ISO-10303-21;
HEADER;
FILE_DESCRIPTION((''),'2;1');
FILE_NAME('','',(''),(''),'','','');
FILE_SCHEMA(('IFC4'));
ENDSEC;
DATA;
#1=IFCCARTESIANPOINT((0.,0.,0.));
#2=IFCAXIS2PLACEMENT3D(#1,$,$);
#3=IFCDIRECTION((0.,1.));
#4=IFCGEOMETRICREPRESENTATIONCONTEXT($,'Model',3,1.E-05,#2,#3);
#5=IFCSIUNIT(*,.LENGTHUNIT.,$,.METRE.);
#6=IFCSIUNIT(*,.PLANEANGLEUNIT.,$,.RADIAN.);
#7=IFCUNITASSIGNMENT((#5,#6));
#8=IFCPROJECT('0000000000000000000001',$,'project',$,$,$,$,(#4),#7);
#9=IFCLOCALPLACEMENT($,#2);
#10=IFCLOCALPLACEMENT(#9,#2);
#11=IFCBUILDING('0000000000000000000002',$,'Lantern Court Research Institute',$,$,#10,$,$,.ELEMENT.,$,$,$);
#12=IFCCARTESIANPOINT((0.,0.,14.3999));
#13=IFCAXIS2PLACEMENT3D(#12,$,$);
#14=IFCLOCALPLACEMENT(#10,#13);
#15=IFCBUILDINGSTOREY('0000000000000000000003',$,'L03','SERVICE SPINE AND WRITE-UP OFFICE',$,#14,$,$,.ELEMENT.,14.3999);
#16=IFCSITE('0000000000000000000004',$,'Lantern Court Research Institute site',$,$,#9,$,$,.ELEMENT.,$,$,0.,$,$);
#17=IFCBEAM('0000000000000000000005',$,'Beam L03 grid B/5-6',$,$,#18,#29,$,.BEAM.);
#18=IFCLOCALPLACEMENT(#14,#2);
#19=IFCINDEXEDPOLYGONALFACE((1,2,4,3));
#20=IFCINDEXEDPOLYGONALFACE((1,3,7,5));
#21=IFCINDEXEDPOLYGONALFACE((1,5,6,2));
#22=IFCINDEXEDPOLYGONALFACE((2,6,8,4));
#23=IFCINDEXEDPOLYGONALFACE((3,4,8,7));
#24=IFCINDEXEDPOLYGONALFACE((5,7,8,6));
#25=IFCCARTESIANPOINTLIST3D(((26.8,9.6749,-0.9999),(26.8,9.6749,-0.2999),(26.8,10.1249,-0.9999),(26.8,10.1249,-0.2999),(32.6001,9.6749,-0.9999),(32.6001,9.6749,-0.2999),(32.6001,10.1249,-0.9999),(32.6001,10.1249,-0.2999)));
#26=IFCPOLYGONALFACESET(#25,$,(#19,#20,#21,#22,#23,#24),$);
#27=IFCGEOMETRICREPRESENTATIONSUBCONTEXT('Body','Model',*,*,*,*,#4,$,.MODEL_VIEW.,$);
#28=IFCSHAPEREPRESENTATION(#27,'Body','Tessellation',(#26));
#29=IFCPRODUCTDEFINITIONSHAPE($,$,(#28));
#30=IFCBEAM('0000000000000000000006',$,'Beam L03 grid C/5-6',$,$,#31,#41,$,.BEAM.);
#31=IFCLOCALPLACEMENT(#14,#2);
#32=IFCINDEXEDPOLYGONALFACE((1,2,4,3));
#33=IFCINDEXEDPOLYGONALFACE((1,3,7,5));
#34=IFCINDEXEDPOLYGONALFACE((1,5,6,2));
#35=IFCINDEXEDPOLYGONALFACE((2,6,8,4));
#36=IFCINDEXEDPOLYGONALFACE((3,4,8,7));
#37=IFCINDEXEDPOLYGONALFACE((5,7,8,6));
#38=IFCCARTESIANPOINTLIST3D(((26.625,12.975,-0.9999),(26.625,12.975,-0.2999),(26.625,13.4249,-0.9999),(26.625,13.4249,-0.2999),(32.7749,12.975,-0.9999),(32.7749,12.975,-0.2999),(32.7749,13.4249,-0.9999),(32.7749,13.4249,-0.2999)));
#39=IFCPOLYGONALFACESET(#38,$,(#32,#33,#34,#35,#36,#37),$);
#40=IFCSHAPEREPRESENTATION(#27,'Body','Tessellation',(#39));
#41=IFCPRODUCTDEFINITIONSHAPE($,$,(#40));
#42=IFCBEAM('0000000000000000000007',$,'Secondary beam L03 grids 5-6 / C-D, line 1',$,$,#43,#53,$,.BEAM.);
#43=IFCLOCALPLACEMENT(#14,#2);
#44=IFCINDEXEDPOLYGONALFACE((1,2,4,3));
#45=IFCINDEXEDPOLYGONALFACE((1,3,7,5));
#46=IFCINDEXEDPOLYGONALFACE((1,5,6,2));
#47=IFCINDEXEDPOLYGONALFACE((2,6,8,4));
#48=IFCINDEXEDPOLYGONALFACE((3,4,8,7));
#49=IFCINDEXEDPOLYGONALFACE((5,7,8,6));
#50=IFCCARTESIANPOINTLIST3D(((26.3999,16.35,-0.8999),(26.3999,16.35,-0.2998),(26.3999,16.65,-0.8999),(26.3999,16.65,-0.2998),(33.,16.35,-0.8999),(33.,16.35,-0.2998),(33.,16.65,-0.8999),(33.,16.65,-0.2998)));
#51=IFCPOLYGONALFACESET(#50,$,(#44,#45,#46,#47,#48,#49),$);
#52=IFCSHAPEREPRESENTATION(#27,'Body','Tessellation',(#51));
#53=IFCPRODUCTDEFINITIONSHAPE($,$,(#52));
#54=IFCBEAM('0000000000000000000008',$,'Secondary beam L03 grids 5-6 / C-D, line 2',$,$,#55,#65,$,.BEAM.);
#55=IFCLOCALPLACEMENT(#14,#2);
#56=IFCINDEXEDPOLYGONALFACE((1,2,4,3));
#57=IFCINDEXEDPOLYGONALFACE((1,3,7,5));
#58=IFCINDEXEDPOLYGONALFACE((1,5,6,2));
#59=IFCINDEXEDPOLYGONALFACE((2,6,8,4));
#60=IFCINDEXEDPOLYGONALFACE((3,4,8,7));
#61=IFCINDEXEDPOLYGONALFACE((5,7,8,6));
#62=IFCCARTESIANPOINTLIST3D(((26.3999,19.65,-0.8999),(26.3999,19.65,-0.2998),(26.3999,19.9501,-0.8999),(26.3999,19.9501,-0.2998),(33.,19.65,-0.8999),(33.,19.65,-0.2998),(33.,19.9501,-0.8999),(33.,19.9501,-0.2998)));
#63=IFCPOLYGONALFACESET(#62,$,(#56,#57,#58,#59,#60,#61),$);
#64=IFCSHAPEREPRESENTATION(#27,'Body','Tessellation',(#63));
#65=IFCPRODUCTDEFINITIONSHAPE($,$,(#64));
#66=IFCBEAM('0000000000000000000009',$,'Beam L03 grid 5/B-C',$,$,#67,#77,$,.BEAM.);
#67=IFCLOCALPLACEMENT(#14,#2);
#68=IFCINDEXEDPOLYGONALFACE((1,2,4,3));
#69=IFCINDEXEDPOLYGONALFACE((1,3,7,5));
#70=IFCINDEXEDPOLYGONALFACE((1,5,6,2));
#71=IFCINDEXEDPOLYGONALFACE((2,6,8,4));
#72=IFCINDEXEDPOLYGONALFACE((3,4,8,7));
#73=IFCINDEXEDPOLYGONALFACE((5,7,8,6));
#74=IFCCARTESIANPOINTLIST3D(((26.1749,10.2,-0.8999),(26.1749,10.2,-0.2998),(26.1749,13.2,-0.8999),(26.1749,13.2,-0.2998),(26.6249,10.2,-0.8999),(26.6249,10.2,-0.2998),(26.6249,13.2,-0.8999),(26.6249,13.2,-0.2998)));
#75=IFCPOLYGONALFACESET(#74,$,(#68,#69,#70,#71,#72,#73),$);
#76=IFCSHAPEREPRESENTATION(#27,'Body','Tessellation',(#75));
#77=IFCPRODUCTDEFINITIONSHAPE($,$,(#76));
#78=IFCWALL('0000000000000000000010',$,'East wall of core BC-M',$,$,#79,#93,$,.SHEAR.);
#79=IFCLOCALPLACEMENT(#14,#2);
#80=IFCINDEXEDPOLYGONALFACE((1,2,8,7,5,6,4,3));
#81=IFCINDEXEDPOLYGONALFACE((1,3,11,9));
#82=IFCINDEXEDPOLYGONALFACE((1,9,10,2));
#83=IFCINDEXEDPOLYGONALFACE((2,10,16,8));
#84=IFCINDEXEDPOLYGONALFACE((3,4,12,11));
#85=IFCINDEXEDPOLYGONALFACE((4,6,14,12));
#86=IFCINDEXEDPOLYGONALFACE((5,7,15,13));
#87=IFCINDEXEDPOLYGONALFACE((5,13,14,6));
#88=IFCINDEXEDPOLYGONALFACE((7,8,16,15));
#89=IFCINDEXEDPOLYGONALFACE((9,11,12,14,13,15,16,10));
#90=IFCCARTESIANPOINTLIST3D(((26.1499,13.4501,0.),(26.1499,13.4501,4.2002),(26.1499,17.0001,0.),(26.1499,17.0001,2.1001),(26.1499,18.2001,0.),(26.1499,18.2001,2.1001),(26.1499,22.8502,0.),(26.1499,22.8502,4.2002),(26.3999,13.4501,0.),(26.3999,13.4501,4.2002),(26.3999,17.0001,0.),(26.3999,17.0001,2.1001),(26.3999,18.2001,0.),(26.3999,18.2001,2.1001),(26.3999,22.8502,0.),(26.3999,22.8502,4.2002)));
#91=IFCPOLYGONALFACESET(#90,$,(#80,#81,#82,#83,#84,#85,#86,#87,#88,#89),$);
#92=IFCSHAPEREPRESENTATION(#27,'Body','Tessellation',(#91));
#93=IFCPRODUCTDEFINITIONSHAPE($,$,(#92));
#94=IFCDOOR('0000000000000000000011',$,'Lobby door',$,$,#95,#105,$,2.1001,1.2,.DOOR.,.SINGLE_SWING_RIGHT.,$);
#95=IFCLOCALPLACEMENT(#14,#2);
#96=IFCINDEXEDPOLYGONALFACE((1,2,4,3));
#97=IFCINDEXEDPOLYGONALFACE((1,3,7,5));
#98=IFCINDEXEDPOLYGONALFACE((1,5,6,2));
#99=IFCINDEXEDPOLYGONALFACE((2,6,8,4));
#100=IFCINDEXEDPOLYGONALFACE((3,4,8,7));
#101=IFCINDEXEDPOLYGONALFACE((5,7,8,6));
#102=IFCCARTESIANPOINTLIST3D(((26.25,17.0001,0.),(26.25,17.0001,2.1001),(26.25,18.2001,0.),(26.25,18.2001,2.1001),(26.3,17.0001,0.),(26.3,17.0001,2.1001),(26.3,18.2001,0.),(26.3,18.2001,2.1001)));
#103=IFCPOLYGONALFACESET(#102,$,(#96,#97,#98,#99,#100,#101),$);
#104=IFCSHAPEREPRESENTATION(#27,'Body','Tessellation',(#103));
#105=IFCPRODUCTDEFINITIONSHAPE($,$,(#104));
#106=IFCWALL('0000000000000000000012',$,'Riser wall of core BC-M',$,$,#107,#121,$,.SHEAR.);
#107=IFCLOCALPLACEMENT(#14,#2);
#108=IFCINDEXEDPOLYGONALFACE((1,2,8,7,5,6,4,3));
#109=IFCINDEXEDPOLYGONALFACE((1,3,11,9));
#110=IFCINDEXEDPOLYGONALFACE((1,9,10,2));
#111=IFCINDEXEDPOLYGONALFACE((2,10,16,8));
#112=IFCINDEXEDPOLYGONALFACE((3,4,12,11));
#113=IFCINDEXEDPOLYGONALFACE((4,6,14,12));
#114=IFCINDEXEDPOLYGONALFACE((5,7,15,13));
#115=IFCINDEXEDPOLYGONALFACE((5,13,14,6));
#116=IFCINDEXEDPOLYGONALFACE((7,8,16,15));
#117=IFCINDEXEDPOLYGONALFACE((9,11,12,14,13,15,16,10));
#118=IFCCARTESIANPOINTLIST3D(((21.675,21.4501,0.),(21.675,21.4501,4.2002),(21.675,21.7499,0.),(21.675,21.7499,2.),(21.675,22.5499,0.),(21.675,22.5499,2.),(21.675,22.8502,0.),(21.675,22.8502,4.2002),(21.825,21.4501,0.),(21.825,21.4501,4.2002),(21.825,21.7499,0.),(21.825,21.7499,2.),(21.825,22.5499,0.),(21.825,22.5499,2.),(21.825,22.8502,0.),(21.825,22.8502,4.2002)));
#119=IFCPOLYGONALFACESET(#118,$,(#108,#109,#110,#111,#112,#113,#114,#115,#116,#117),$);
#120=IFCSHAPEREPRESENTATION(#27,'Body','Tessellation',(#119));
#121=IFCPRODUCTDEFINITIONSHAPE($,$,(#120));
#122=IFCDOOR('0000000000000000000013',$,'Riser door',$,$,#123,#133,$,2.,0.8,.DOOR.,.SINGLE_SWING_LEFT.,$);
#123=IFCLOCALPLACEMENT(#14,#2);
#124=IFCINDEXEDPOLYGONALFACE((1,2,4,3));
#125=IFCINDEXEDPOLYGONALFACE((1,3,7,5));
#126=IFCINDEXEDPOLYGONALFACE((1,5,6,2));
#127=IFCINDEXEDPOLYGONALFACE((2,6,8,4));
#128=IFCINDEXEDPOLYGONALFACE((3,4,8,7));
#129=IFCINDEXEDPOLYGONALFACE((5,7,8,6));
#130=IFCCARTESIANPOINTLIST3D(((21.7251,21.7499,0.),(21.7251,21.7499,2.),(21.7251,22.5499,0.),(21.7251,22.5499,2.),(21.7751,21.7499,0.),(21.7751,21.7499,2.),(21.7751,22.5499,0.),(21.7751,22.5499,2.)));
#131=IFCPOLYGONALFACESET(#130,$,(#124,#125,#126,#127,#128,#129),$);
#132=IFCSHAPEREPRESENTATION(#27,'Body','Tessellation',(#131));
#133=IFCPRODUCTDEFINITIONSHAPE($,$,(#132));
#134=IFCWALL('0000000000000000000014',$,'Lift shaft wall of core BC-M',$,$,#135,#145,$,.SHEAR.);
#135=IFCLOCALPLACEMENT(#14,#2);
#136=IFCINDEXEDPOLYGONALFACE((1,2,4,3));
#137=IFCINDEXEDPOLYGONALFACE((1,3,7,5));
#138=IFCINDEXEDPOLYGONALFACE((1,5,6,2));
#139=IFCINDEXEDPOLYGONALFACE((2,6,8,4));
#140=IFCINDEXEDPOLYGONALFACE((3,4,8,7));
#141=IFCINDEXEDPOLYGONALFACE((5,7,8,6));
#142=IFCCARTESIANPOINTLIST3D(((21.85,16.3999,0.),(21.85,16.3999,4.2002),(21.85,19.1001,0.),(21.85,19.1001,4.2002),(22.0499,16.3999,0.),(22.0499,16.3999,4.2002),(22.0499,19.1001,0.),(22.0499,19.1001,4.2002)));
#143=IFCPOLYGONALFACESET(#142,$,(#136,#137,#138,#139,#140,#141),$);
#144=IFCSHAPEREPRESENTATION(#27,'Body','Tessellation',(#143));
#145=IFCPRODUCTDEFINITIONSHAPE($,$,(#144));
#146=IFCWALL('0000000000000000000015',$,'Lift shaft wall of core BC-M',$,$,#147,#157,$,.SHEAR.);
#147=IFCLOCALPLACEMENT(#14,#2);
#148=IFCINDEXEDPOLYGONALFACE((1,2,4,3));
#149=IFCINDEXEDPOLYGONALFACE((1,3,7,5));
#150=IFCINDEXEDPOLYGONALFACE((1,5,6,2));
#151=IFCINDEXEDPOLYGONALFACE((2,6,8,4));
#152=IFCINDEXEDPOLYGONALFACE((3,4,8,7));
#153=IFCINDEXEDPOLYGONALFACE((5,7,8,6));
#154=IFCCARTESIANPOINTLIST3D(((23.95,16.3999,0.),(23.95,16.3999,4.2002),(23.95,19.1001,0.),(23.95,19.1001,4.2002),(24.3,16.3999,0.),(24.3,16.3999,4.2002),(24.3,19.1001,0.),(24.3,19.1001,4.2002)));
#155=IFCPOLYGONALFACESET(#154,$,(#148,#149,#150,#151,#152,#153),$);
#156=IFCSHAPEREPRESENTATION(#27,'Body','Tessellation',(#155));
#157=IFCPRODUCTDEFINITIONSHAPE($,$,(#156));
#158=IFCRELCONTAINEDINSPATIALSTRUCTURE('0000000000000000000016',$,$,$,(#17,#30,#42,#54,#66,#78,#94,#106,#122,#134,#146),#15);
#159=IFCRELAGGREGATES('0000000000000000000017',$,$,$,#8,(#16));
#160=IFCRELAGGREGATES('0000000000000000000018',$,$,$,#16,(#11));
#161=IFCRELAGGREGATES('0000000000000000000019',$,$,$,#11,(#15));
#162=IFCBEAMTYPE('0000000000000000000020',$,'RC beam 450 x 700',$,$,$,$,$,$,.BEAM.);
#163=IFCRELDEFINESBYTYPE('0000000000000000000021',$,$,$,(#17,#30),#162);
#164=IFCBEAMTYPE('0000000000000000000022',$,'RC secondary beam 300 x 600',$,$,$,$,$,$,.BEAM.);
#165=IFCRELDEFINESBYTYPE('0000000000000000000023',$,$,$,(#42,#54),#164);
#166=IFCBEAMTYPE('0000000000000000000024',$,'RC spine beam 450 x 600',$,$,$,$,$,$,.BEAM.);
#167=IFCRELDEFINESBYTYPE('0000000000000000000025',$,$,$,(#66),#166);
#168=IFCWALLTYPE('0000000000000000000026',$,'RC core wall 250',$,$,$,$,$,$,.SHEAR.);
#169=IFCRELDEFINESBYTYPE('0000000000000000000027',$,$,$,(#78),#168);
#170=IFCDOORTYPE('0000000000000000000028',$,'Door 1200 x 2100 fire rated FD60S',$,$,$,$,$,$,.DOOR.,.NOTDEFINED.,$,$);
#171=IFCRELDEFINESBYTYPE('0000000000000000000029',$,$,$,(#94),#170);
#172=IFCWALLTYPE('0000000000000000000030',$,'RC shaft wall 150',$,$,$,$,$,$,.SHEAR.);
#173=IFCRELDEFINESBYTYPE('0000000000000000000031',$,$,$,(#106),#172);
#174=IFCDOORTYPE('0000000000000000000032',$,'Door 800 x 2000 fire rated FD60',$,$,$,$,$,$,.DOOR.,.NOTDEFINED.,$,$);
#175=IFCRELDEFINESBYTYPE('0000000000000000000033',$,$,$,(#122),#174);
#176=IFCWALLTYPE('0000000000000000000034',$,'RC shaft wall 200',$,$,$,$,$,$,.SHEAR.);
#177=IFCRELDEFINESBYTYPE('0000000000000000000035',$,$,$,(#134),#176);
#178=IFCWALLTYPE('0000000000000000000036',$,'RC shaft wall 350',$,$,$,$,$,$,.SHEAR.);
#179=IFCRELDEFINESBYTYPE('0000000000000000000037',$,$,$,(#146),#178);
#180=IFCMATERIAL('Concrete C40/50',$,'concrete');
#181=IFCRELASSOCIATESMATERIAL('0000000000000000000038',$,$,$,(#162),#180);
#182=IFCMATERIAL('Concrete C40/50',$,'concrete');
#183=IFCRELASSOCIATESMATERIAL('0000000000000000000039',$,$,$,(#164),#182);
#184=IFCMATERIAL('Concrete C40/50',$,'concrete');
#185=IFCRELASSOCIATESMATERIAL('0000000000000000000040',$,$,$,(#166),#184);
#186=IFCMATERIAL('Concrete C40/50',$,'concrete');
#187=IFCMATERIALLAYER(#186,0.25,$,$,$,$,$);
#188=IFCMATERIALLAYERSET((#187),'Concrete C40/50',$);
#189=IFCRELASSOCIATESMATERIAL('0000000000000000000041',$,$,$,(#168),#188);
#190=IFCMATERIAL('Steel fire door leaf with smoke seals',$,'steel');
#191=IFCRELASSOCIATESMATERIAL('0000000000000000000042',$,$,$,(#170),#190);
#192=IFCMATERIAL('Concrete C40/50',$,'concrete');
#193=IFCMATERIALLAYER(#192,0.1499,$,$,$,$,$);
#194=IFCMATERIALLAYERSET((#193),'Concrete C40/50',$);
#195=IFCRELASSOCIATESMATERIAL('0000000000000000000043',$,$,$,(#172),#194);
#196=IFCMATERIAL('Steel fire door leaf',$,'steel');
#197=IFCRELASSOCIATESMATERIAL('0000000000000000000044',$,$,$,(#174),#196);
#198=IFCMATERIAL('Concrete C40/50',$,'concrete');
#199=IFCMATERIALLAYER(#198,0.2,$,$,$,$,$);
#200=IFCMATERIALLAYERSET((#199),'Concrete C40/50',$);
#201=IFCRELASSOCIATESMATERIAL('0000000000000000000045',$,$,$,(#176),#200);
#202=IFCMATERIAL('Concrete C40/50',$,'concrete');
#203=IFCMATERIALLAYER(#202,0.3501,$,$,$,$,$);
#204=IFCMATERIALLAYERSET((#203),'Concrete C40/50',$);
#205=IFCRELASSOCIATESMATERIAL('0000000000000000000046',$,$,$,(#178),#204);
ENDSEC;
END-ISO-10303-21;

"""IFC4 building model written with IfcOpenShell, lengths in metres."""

from ifc_helpers import new_model, si_unit, direction, frame, frame_2d, origin, origin_2d, place, context, subcontext, project, spatial, rectangle, extrude, material, layer, layer_set, material_profile, profile_set, type_object, element, fill, save


model = new_model("IFC4")

# Units and contexts
model_context = context("Model", 3, precision=1e-05, world=origin(), true_north=direction((0.0, 1.0)))
body_context = subcontext(model_context, "Body", "Model", "MODEL_VIEW")
ifc_project = project(units=[si_unit("LENGTHUNIT", "METRE"), si_unit("PLANEANGLEUNIT", "RADIAN")], contexts=[model_context])

# Site, building, storey
site_placement = place(None, origin())
site = spatial("IfcSite", under=ifc_project, at=site_placement, Name="Lantern Court Research Institute site", CompositionType="ELEMENT", RefElevation=0.0)
building_placement = place(site_placement, origin())
building = spatial("IfcBuilding", under=site, at=building_placement, Name="Lantern Court Research Institute", CompositionType="ELEMENT")
storey_placement = place(building_placement, frame((0.0, 0.0, 14.3999)))
storey = spatial("IfcBuildingStorey", under=building, at=storey_placement, Name="L03", Description="SERVICE SPINE AND WRITE-UP OFFICE", CompositionType="ELEMENT", Elevation=14.3999)

# Beams
ifc_material_1 = material(Name="Concrete C40/50", Category="concrete")
ifc_material_profile_1 = material_profile(ifc_material_1, rectangle(XDim=0.45, YDim=0.7, at=origin_2d()), Name="RC beam 450 x 700")
ifc_profile_set_1 = profile_set([ifc_material_profile_1], Name="Concrete C40/50")
beam_type_1 = type_object("IfcBeamType", Name="RC beam 450 x 700", PredefinedType="BEAM", material=ifc_profile_set_1)
beam_1_placement = place(storey_placement, frame((26.8, 9.8999, -0.6499), z_axis=(1.0, 0.0, 0.0), x_axis=(0.0, 1.0, 0.0)))
element("IfcBeam", 1, at=beam_1_placement, inside=storey, type_object=beam_type_1, Name="Beam L03 grid B/5-6", PredefinedType="BEAM", context=body_context, shape_type="SweptSolid", body=[
    extrude(rectangle(XDim=0.45, YDim=0.7, at=origin_2d()), origin(), (0.0, 0.0, 1.0), 5.8),
])
beam_2_placement = place(storey_placement, frame((26.625, 13.2, -0.6499), z_axis=(1.0, 0.0, 0.0), x_axis=(0.0, 1.0, 0.0)))
element("IfcBeam", 2, at=beam_2_placement, inside=storey, type_object=beam_type_1, Name="Beam L03 grid C/5-6", PredefinedType="BEAM", context=body_context, shape_type="SweptSolid", body=[
    extrude(rectangle(XDim=0.45, YDim=0.7, at=origin_2d()), origin(), (0.0, 0.0, 1.0), 6.1499),
])
ifc_material_2 = material(Name="Concrete C40/50", Category="concrete")
ifc_material_profile_2 = material_profile(ifc_material_2, rectangle(XDim=0.3, YDim=0.6001, at=origin_2d()), Name="RC beam 300 x 600")
ifc_profile_set_2 = profile_set([ifc_material_profile_2], Name="Concrete C40/50")
beam_type_2 = type_object("IfcBeamType", Name="RC secondary beam 300 x 600", PredefinedType="BEAM", material=ifc_profile_set_2)
for number, where, z_axis, x_axis, name in (
    (3, (26.3999, 16.5, -0.5999), (1.0, 0.0, 0.0), (0.0, 1.0, 0.0), "Secondary beam L03 grids 5-6 / C-D, line 1"),
    (4, (26.3999, 19.8, -0.5999), (1.0, 0.0, 0.0), (0.0, 1.0, 0.0), "Secondary beam L03 grids 5-6 / C-D, line 2"),
):
    element("IfcBeam", number, at=place(storey_placement, frame(where, z_axis=z_axis, x_axis=x_axis)), inside=storey, type_object=beam_type_2, Name=name, PredefinedType="BEAM", context=body_context, shape_type="SweptSolid", body=[
        extrude(rectangle(XDim=0.3, YDim=0.6001, at=origin_2d()), origin(), (0.0, 0.0, 1.0), 6.6001),
    ])
ifc_material_3 = material(Name="Concrete C40/50", Category="concrete")
ifc_material_profile_3 = material_profile(ifc_material_3, rectangle(XDim=0.45, YDim=0.6001, at=origin_2d()), Name="RC beam 450 x 600")
ifc_profile_set_3 = profile_set([ifc_material_profile_3], Name="Concrete C40/50")
beam_type_3 = type_object("IfcBeamType", Name="RC spine beam 450 x 600", PredefinedType="BEAM", material=ifc_profile_set_3)
beam_3_placement = place(storey_placement, frame((26.3999, 10.2, -0.5999), z_axis=(0.0, 1.0, 0.0), x_axis=(-1.0, 0.0, 0.0)))
element("IfcBeam", 5, at=beam_3_placement, inside=storey, type_object=beam_type_3, Name="Beam L03 grid 5/B-C", PredefinedType="BEAM", context=body_context, shape_type="SweptSolid", body=[
    extrude(rectangle(XDim=0.45, YDim=0.6001, at=origin_2d()), origin(), (0.0, 0.0, 1.0), 3.0),
])

# Walls, openings, doors
ifc_material_4 = material(Name="Concrete C40/50", Category="concrete")
ifc_layer_1 = layer(ifc_material_4, 0.25)
ifc_layer_set_1 = layer_set([ifc_layer_1], Name="Concrete C40/50")
wall_type_1 = type_object("IfcWallType", Name="RC core wall 250", PredefinedType="SHEAR", material=ifc_layer_set_1)
wall_1_placement = place(storey_placement, frame((26.2749, 13.45, 0.0), z_axis=(0.0, 0.0, 1.0), x_axis=(0.0, 1.0, 0.0)))
wall_1 = element("IfcWall", 6, at=wall_1_placement, inside=storey, type_object=wall_type_1, Name="East wall of core BC-M", PredefinedType="SHEAR", context=body_context, shape_type="SweptSolid", body=[
    extrude(rectangle(XDim=9.4001, YDim=0.25, at=frame_2d((4.7002, 0.0))), origin(), (0.0, 0.0, 1.0), 4.2002),
])
opening_1_placement = place(wall_1_placement, frame((3.55, 0.0, 0.0)))
opening_1 = element("IfcOpeningElement", 7, at=opening_1_placement, cuts=wall_1, PredefinedType="OPENING", context=body_context, shape_type="SweptSolid", body=[
    extrude(rectangle(XDim=1.2, YDim=2.1001, at=frame_2d((0.6001, 1.05))), frame((0.0, 0.135, 0.0), z_axis=(0.0, -1.0, 0.0), x_axis=(1.0, 0.0, 0.0)), (0.0, 0.0, 1.0), 0.27),
])
ifc_material_5 = material(Name="Steel fire door leaf with smoke seals", Category="steel")
door_type_1 = type_object("IfcDoorType", Name="Door 1200 x 2100 fire rated FD60S", OperationType="NOTDEFINED", PredefinedType="DOOR", material=ifc_material_5)
door_1_placement = place(opening_1_placement, origin())
door_1 = element("IfcDoor", 8, at=door_1_placement, inside=storey, type_object=door_type_1, Name="Lobby door", OperationType="SINGLE_SWING_RIGHT", OverallHeight=2.1001, OverallWidth=1.2, PredefinedType="DOOR", context=body_context, shape_type="SweptSolid", body=[
    extrude(rectangle(XDim=1.2, YDim=2.1001, at=frame_2d((0.6001, 1.05))), frame((0.0, 0.0249, 0.0), z_axis=(0.0, -1.0, 0.0), x_axis=(1.0, 0.0, 0.0)), (0.0, 0.0, 1.0), 0.05),
])
fill(opening_1, door_1)
ifc_material_6 = material(Name="Concrete C40/50", Category="concrete")
ifc_layer_2 = layer(ifc_material_6, 0.1499)
ifc_layer_set_2 = layer_set([ifc_layer_2], Name="Concrete C40/50")
wall_type_2 = type_object("IfcWallType", Name="RC shaft wall 150", PredefinedType="SHEAR", material=ifc_layer_set_2)
wall_2_placement = place(storey_placement, frame((21.75, 21.45, 0.0), z_axis=(0.0, 0.0, 1.0), x_axis=(0.0, 1.0, 0.0)))
wall_2 = element("IfcWall", 9, at=wall_2_placement, inside=storey, type_object=wall_type_2, Name="Riser wall of core BC-M", PredefinedType="SHEAR", context=body_context, shape_type="SweptSolid", body=[
    extrude(rectangle(XDim=1.4001, YDim=0.1499, at=frame_2d((0.7002, 0.0))), origin(), (0.0, 0.0, 1.0), 4.2002),
])
opening_2_placement = place(wall_2_placement, frame((0.3, 0.0, 0.0)))
opening_2 = element("IfcOpeningElement", 10, at=opening_2_placement, cuts=wall_2, PredefinedType="OPENING", context=body_context, shape_type="SweptSolid", body=[
    extrude(rectangle(XDim=0.8, YDim=2.0, at=frame_2d((0.3999, 1.0))), frame((0.0, 0.085, 0.0), z_axis=(0.0, -1.0, 0.0), x_axis=(1.0, 0.0, 0.0)), (0.0, 0.0, 1.0), 0.1699),
])
ifc_material_7 = material(Name="Steel fire door leaf", Category="steel")
door_type_2 = type_object("IfcDoorType", Name="Door 800 x 2000 fire rated FD60", OperationType="NOTDEFINED", PredefinedType="DOOR", material=ifc_material_7)
door_2_placement = place(opening_2_placement, origin())
door_2 = element("IfcDoor", 11, at=door_2_placement, inside=storey, type_object=door_type_2, Name="Riser door", OperationType="SINGLE_SWING_LEFT", OverallHeight=2.0, OverallWidth=0.8, PredefinedType="DOOR", context=body_context, shape_type="SweptSolid", body=[
    extrude(rectangle(XDim=0.8, YDim=2.0, at=frame_2d((0.3999, 1.0))), frame((0.0, 0.0249, 0.0), z_axis=(0.0, -1.0, 0.0), x_axis=(1.0, 0.0, 0.0)), (0.0, 0.0, 1.0), 0.05),
])
fill(opening_2, door_2)

# Walls
ifc_material_8 = material(Name="Concrete C40/50", Category="concrete")
ifc_layer_3 = layer(ifc_material_8, 0.2)
ifc_layer_set_3 = layer_set([ifc_layer_3], Name="Concrete C40/50")
wall_type_3 = type_object("IfcWallType", Name="RC shaft wall 200", PredefinedType="SHEAR", material=ifc_layer_set_3)
wall_3_placement = place(storey_placement, frame((21.95, 16.3999, 0.0), z_axis=(0.0, 0.0, 1.0), x_axis=(0.0, 1.0, 0.0)))
element("IfcWall", 12, at=wall_3_placement, inside=storey, type_object=wall_type_3, Name="Lift shaft wall of core BC-M", PredefinedType="SHEAR", context=body_context, shape_type="SweptSolid", body=[
    extrude(rectangle(XDim=2.7002, YDim=0.2, at=frame_2d((1.3501, 0.0))), origin(), (0.0, 0.0, 1.0), 4.2002),
])
ifc_material_9 = material(Name="Concrete C40/50", Category="concrete")
ifc_layer_4 = layer(ifc_material_9, 0.3501)
ifc_layer_set_4 = layer_set([ifc_layer_4], Name="Concrete C40/50")
wall_type_4 = type_object("IfcWallType", Name="RC shaft wall 350", PredefinedType="SHEAR", material=ifc_layer_set_4)
wall_4_placement = place(storey_placement, frame((24.125, 16.3999, 0.0), z_axis=(0.0, 0.0, 1.0), x_axis=(0.0, 1.0, 0.0)))
element("IfcWall", 13, at=wall_4_placement, inside=storey, type_object=wall_type_4, Name="Lift shaft wall of core BC-M", PredefinedType="SHEAR", context=body_context, shape_type="SweptSolid", body=[
    extrude(rectangle(XDim=2.7002, YDim=0.3501, at=frame_2d((1.3501, 0.0))), origin(), (0.0, 0.0, 1.0), 4.2002),
])

save(model, "model.ifc")
